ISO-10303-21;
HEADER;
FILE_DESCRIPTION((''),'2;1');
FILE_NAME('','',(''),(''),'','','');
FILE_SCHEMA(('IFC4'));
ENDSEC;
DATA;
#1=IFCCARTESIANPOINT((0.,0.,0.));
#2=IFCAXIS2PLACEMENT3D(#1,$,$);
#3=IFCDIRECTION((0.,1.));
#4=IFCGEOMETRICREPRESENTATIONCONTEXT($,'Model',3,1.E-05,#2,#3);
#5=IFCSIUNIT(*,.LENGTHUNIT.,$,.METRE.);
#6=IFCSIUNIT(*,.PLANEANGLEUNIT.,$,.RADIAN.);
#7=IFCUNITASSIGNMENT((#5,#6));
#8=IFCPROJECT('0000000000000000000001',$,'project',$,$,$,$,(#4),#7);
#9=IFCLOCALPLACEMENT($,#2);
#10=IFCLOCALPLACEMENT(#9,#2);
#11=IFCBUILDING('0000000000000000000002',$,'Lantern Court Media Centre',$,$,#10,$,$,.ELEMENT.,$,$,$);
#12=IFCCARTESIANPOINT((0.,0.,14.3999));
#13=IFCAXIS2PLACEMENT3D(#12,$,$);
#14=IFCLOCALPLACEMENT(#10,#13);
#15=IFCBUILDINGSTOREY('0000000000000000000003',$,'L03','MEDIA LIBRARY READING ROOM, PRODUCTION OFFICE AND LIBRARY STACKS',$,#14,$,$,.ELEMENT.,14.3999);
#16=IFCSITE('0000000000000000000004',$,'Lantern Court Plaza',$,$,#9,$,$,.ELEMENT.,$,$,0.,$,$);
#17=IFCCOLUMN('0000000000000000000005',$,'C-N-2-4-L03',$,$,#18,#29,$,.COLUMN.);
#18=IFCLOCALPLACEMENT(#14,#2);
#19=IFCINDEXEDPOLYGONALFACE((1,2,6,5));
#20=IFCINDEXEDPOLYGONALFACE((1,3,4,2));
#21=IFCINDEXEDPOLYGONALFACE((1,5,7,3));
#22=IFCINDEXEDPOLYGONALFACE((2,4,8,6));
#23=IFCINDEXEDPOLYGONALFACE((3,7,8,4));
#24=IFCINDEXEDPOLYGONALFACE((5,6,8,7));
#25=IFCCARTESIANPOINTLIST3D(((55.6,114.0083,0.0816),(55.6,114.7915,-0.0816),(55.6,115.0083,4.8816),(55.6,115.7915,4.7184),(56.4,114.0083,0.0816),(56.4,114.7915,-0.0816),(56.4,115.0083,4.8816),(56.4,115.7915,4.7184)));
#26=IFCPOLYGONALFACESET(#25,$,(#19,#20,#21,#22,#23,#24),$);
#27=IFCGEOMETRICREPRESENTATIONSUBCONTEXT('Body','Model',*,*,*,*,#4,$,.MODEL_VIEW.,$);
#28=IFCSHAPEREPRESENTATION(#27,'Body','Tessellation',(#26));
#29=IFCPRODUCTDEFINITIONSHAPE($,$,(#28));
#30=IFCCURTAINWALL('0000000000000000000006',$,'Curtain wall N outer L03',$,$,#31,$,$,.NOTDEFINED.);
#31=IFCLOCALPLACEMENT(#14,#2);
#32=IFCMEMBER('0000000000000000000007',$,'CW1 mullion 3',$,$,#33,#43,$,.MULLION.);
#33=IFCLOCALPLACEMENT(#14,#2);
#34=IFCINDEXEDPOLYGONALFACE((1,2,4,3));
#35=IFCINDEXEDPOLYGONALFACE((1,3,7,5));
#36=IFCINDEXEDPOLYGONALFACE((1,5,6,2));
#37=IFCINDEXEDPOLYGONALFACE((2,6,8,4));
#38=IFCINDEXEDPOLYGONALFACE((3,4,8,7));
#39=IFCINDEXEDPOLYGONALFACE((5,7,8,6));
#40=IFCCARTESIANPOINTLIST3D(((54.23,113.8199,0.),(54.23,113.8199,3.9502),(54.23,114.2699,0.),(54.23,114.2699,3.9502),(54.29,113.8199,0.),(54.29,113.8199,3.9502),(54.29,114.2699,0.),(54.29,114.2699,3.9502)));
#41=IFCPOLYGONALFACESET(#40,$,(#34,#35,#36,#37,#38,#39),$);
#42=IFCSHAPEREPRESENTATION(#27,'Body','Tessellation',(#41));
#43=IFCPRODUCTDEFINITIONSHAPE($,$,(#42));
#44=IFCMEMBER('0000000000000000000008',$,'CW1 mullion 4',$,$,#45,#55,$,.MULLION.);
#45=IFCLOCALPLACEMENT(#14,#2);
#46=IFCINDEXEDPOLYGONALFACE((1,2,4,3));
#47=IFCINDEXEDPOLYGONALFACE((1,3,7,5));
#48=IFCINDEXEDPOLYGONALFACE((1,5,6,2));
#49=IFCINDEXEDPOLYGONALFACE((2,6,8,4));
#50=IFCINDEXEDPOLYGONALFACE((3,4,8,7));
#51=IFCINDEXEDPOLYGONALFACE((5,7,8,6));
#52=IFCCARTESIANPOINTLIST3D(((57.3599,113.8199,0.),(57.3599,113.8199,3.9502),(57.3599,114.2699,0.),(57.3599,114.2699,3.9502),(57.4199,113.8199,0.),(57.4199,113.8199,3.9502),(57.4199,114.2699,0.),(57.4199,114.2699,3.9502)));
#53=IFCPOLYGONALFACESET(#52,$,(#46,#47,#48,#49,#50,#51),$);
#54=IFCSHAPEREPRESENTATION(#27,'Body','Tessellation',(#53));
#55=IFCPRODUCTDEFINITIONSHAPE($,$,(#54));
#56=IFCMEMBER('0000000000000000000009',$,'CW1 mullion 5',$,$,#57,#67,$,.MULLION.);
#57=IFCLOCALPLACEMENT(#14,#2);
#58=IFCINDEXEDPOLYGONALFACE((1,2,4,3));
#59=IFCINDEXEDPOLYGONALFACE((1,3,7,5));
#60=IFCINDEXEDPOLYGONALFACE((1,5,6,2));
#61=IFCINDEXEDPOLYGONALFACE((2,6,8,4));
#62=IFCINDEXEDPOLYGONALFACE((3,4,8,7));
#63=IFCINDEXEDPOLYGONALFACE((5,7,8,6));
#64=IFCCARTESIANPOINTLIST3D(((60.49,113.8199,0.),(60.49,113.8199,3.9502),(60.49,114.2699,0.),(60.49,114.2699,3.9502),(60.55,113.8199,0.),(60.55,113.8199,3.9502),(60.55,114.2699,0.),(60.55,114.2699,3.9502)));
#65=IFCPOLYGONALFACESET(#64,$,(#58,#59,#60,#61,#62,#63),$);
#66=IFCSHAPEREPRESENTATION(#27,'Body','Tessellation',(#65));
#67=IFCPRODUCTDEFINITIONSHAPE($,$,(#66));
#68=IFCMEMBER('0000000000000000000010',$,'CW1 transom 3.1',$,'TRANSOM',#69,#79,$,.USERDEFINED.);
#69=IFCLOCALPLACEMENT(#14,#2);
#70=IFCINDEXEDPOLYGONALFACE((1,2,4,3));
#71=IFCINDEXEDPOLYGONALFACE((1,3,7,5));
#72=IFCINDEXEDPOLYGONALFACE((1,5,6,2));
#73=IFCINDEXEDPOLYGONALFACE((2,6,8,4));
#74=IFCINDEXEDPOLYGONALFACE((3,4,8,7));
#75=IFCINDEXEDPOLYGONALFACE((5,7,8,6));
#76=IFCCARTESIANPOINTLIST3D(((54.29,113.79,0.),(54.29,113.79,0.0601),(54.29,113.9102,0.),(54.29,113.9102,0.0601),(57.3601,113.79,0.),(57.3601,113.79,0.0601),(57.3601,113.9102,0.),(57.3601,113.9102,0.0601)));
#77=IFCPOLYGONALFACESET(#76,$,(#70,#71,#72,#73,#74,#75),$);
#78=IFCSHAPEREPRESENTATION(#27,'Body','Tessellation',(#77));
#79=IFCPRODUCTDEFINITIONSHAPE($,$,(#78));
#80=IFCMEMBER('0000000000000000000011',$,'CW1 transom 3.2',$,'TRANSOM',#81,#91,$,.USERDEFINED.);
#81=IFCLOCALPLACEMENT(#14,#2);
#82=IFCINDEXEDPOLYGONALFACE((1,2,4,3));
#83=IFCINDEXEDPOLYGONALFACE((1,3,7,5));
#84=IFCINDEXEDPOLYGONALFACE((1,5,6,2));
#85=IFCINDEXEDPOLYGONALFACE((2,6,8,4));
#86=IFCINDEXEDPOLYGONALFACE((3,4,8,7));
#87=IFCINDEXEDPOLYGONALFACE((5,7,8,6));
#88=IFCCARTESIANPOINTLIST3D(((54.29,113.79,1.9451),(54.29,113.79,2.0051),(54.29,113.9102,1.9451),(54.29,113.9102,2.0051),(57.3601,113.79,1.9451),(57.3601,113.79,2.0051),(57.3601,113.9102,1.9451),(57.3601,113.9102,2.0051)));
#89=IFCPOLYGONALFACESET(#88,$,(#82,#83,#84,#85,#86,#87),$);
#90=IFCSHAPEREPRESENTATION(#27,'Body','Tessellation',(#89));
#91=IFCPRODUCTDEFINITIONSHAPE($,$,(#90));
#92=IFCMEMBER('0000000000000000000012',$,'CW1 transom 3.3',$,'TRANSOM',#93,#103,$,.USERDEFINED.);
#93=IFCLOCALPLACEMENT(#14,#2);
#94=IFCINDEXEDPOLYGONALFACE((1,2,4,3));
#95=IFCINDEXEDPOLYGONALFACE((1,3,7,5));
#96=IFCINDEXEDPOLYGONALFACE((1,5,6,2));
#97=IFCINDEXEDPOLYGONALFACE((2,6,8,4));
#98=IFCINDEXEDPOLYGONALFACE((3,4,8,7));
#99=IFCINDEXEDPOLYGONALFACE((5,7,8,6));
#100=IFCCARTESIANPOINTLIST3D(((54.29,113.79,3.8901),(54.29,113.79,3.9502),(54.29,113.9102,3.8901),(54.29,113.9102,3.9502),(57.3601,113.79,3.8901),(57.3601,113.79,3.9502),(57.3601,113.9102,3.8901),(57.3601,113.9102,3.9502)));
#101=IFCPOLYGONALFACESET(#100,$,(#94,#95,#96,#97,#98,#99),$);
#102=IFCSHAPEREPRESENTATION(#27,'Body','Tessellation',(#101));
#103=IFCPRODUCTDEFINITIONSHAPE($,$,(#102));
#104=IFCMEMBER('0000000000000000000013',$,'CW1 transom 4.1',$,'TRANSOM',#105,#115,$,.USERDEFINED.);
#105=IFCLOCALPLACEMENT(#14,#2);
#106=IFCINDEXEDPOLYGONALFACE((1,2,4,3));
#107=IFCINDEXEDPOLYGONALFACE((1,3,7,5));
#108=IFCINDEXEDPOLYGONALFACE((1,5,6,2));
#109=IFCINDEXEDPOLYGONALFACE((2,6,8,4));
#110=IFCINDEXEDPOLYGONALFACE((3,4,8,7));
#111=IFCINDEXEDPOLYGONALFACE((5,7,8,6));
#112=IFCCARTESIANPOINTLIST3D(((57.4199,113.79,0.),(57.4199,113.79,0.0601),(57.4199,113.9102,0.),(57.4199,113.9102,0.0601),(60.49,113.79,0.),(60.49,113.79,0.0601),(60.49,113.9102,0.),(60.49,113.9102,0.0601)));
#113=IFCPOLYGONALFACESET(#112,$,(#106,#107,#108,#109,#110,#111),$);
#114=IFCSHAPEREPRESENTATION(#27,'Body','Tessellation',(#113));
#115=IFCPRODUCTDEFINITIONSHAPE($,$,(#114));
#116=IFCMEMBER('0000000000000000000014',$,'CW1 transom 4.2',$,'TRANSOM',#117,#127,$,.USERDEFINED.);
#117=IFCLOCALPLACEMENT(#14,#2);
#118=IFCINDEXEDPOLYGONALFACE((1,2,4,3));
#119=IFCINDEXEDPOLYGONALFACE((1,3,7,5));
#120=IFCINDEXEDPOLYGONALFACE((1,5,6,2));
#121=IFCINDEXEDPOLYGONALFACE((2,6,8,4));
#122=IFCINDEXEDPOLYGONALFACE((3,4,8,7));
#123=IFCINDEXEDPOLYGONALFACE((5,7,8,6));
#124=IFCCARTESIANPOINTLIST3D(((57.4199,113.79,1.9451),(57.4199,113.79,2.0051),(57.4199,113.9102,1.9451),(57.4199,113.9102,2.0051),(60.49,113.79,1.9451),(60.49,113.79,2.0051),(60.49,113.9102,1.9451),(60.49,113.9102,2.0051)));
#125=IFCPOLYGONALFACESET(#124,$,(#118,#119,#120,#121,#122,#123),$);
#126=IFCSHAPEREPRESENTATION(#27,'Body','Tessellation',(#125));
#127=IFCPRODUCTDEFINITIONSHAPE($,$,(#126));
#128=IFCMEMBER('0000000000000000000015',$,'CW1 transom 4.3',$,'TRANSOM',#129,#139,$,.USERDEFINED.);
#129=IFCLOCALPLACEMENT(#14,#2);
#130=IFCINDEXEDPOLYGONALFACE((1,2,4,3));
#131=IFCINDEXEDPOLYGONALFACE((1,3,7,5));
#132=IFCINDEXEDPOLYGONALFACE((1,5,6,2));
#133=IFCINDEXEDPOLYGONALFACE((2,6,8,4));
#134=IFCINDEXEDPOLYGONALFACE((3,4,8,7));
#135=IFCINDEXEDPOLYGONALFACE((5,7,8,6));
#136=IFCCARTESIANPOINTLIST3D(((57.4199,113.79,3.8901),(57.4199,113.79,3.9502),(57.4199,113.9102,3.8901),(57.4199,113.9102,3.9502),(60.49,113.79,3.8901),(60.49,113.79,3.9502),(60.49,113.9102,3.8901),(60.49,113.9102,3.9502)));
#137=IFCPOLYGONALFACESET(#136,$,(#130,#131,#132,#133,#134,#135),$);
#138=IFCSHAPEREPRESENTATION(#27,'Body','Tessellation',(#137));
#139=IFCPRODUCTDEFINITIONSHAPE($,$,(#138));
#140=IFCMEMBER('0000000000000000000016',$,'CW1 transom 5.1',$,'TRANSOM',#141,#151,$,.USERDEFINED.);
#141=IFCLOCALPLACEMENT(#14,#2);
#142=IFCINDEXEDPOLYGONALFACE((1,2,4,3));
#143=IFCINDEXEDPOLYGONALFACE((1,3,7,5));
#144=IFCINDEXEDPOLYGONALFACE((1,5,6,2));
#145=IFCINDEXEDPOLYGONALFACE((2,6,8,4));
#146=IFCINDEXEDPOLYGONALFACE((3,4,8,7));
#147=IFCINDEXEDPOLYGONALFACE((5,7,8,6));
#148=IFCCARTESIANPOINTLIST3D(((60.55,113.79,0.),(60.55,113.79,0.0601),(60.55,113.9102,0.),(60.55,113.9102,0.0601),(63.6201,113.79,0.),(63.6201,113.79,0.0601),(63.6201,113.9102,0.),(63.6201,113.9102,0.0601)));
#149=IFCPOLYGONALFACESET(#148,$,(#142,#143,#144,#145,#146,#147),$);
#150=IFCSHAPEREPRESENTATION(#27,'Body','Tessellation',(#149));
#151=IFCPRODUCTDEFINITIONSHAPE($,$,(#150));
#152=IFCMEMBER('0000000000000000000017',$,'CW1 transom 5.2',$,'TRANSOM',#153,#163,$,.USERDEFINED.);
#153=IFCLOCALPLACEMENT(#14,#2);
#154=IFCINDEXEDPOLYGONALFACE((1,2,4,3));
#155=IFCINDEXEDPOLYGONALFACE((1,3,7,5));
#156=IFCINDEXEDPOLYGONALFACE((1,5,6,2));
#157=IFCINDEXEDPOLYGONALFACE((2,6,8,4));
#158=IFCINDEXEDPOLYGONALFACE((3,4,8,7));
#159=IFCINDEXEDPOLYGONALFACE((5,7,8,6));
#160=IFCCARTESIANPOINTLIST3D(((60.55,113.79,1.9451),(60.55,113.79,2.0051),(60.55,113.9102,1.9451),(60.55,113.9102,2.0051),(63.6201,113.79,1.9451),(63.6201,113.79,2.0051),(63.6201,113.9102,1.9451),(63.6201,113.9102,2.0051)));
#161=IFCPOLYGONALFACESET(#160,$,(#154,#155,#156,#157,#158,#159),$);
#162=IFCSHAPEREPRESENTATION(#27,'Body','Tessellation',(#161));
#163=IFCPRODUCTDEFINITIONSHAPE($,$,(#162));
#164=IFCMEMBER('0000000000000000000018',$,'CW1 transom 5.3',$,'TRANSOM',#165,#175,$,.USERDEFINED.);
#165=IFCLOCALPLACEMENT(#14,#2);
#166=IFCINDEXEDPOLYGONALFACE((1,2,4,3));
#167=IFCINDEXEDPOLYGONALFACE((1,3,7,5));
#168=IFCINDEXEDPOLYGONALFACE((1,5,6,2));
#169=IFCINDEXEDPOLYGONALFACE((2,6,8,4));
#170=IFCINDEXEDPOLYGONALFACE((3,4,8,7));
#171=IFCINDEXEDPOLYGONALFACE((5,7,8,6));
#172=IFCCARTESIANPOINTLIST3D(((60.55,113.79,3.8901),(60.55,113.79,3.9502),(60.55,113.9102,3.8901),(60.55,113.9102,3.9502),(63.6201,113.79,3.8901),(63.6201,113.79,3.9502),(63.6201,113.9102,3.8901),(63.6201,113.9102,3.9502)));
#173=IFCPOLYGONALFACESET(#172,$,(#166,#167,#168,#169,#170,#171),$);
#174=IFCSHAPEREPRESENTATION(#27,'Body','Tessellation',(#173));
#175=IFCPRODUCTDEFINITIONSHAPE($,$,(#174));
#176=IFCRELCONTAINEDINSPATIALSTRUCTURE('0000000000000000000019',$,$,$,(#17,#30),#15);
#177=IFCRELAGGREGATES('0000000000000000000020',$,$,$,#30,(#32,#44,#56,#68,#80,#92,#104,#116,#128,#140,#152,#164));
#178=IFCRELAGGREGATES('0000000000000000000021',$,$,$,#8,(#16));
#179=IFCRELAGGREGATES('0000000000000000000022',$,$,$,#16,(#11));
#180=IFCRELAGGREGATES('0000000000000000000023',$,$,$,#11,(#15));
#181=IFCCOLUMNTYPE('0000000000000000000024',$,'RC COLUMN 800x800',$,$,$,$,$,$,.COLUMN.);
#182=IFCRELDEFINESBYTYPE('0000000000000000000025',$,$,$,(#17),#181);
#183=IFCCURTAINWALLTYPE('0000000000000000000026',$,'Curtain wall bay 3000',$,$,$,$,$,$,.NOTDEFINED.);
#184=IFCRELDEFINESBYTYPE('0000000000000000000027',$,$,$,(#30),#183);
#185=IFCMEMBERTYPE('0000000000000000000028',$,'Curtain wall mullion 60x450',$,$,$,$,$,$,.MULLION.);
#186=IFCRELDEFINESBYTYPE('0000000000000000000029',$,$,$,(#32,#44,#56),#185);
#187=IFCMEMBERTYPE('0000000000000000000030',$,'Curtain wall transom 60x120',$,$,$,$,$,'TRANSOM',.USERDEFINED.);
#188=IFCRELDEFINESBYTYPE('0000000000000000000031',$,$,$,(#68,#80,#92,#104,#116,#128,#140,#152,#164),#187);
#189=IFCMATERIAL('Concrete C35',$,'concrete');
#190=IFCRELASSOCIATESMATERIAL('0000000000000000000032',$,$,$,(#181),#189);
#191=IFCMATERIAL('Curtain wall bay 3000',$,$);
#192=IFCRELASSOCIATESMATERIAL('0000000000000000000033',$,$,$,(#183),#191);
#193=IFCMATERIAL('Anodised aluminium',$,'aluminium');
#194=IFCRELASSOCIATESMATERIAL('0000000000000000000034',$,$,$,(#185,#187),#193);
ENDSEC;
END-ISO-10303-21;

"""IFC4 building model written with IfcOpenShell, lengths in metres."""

from ifc_helpers import new_model, si_unit, direction, frame, origin, origin_2d, place, context, subcontext, project, spatial, rectangle, extrude, material, material_profile, profile_set, type_object, element, aggregate, save


model = new_model("IFC4")

# Units and contexts
model_context = context("Model", 3, precision=1e-05, world=origin(), true_north=direction((0.0, 1.0)))
body_context = subcontext(model_context, "Body", "Model", "MODEL_VIEW")
ifc_project = project(units=[si_unit("LENGTHUNIT", "METRE"), si_unit("PLANEANGLEUNIT", "RADIAN")], contexts=[model_context])

# Site, building, storey
site_placement = place(None, origin())
site = spatial("IfcSite", under=ifc_project, at=site_placement, Name="Lantern Court Plaza", CompositionType="ELEMENT", RefElevation=0.0)
building_placement = place(site_placement, origin())
building = spatial("IfcBuilding", under=site, at=building_placement, Name="Lantern Court Media Centre", CompositionType="ELEMENT")
storey_placement = place(building_placement, frame((0.0, 0.0, 14.3999)))
storey = spatial("IfcBuildingStorey", under=building, at=storey_placement, Name="L03", Description="MEDIA LIBRARY READING ROOM, PRODUCTION OFFICE AND LIBRARY STACKS", CompositionType="ELEMENT", Elevation=14.3999)

# Column
ifc_material_1 = material(Name="Concrete C35", Category="concrete")
ifc_material_profile_1 = material_profile(ifc_material_1, rectangle(XDim=0.8, YDim=0.8, at=origin_2d()), Name="RC 800x800")
ifc_profile_set_1 = profile_set([ifc_material_profile_1], Name="Concrete C35")
column_type = type_object("IfcColumnType", Name="RC COLUMN 800x800", PredefinedType="COLUMN", material=ifc_profile_set_1)
column_placement = place(storey_placement, frame((56.0, 114.3999, 0.0), z_axis=(0.0, 0.203952, 0.978981), x_axis=(-1.0, 0.0, 0.0)))
element("IfcColumn", 1, at=column_placement, inside=storey, type_object=column_type, Name="C-N-2-4-L03", PredefinedType="COLUMN", context=body_context, shape_type="SweptSolid", body=[
    extrude(rectangle(XDim=0.8, YDim=0.8, at=origin_2d()), origin(), (0.0, 0.0, 1.0), 4.9031),
])

# Curtain wall, members
ifc_material_2 = material(Name="Curtain wall bay 3000")
curtain_wall_type = type_object("IfcCurtainWallType", Name="Curtain wall bay 3000", PredefinedType="NOTDEFINED", material=ifc_material_2)
curtain_wall_placement = place(storey_placement, origin())
curtain_wall = element("IfcCurtainWall", 2, at=curtain_wall_placement, inside=storey, type_object=curtain_wall_type, Name="Curtain wall N outer L03", PredefinedType="NOTDEFINED")
ifc_material_3 = material(Name="Anodised aluminium", Category="aluminium")
ifc_material_profile_2 = material_profile(ifc_material_3, rectangle(XDim=0.45, YDim=0.0601, at=origin_2d()), Name="AL 60x450")
ifc_profile_set_2 = profile_set([ifc_material_profile_2], Name="Anodised aluminium")
member_type_1 = type_object("IfcMemberType", Name="Curtain wall mullion 60x450", PredefinedType="MULLION", material=ifc_profile_set_2)
member_1_placement = place(storey_placement, frame((54.26, 114.0449, 0.0), z_axis=(0.0, 0.0, 1.0), x_axis=(0.0, 1.0, 0.0)))
member_1 = element("IfcMember", 3, at=member_1_placement, type_object=member_type_1, Name="CW1 mullion 3", PredefinedType="MULLION", context=body_context, shape_type="SweptSolid", body=[
    extrude(rectangle(XDim=0.45, YDim=0.0601, at=origin_2d()), origin(), (0.0, 0.0, 1.0), 3.9502),
])
member_2_placement = place(storey_placement, frame((57.3899, 114.0449, 0.0), z_axis=(0.0, 0.0, 1.0), x_axis=(0.0, 1.0, 0.0)))
member_2 = element("IfcMember", 4, at=member_2_placement, type_object=member_type_1, Name="CW1 mullion 4", PredefinedType="MULLION", context=body_context, shape_type="SweptSolid", body=[
    extrude(rectangle(XDim=0.45, YDim=0.0601, at=origin_2d()), origin(), (0.0, 0.0, 1.0), 3.9502),
])
member_3_placement = place(storey_placement, frame((60.52, 114.0449, 0.0), z_axis=(0.0, 0.0, 1.0), x_axis=(0.0, 1.0, 0.0)))
member_3 = element("IfcMember", 5, at=member_3_placement, type_object=member_type_1, Name="CW1 mullion 5", PredefinedType="MULLION", context=body_context, shape_type="SweptSolid", body=[
    extrude(rectangle(XDim=0.45, YDim=0.0601, at=origin_2d()), origin(), (0.0, 0.0, 1.0), 3.9502),
])
ifc_material_profile_3 = material_profile(ifc_material_3, rectangle(XDim=0.1201, YDim=0.0601, at=origin_2d()), Name="AL 60x120")
ifc_profile_set_3 = profile_set([ifc_material_profile_3], Name="Anodised aluminium")
member_type_2 = type_object("IfcMemberType", Name="Curtain wall transom 60x120", ElementType="TRANSOM", PredefinedType="USERDEFINED", material=ifc_profile_set_3)
member_4_placement = place(storey_placement, frame((54.29, 113.8501, 0.03), z_axis=(1.0, 0.0, 0.0), x_axis=(0.0, 1.0, 0.0)))
member_4 = element("IfcMember", 6, at=member_4_placement, type_object=member_type_2, Name="CW1 transom 3.1", ObjectType="TRANSOM", PredefinedType="USERDEFINED", context=body_context, shape_type="SweptSolid", body=[
    extrude(rectangle(XDim=0.1201, YDim=0.0601, at=origin_2d()), origin(), (0.0, 0.0, 1.0), 3.0701),
])
member_5_placement = place(storey_placement, frame((54.29, 113.8501, 1.9751), z_axis=(1.0, 0.0, 0.0), x_axis=(0.0, 1.0, 0.0)))
member_5 = element("IfcMember", 7, at=member_5_placement, type_object=member_type_2, Name="CW1 transom 3.2", ObjectType="TRANSOM", PredefinedType="USERDEFINED", context=body_context, shape_type="SweptSolid", body=[
    extrude(rectangle(XDim=0.1201, YDim=0.0601, at=origin_2d()), origin(), (0.0, 0.0, 1.0), 3.0701),
])
member_6_placement = place(storey_placement, frame((54.29, 113.8501, 3.9202), z_axis=(1.0, 0.0, 0.0), x_axis=(0.0, 1.0, 0.0)))
member_6 = element("IfcMember", 8, at=member_6_placement, type_object=member_type_2, Name="CW1 transom 3.3", ObjectType="TRANSOM", PredefinedType="USERDEFINED", context=body_context, shape_type="SweptSolid", body=[
    extrude(rectangle(XDim=0.1201, YDim=0.0601, at=origin_2d()), origin(), (0.0, 0.0, 1.0), 3.0701),
])
member_7_placement = place(storey_placement, frame((57.4199, 113.8501, 0.03), z_axis=(1.0, 0.0, 0.0), x_axis=(0.0, 1.0, 0.0)))
member_7 = element("IfcMember", 9, at=member_7_placement, type_object=member_type_2, Name="CW1 transom 4.1", ObjectType="TRANSOM", PredefinedType="USERDEFINED", context=body_context, shape_type="SweptSolid", body=[
    extrude(rectangle(XDim=0.1201, YDim=0.0601, at=origin_2d()), origin(), (0.0, 0.0, 1.0), 3.0701),
])
member_8_placement = place(storey_placement, frame((57.4199, 113.8501, 1.9751), z_axis=(1.0, 0.0, 0.0), x_axis=(0.0, 1.0, 0.0)))
member_8 = element("IfcMember", 10, at=member_8_placement, type_object=member_type_2, Name="CW1 transom 4.2", ObjectType="TRANSOM", PredefinedType="USERDEFINED", context=body_context, shape_type="SweptSolid", body=[
    extrude(rectangle(XDim=0.1201, YDim=0.0601, at=origin_2d()), origin(), (0.0, 0.0, 1.0), 3.0701),
])
member_9_placement = place(storey_placement, frame((57.4199, 113.8501, 3.9202), z_axis=(1.0, 0.0, 0.0), x_axis=(0.0, 1.0, 0.0)))
member_9 = element("IfcMember", 11, at=member_9_placement, type_object=member_type_2, Name="CW1 transom 4.3", ObjectType="TRANSOM", PredefinedType="USERDEFINED", context=body_context, shape_type="SweptSolid", body=[
    extrude(rectangle(XDim=0.1201, YDim=0.0601, at=origin_2d()), origin(), (0.0, 0.0, 1.0), 3.0701),
])
member_10_placement = place(storey_placement, frame((60.55, 113.8501, 0.03), z_axis=(1.0, 0.0, 0.0), x_axis=(0.0, 1.0, 0.0)))
member_10 = element("IfcMember", 12, at=member_10_placement, type_object=member_type_2, Name="CW1 transom 5.1", ObjectType="TRANSOM", PredefinedType="USERDEFINED", context=body_context, shape_type="SweptSolid", body=[
    extrude(rectangle(XDim=0.1201, YDim=0.0601, at=origin_2d()), origin(), (0.0, 0.0, 1.0), 3.0701),
])
member_11_placement = place(storey_placement, frame((60.55, 113.8501, 1.9751), z_axis=(1.0, 0.0, 0.0), x_axis=(0.0, 1.0, 0.0)))
member_11 = element("IfcMember", 13, at=member_11_placement, type_object=member_type_2, Name="CW1 transom 5.2", ObjectType="TRANSOM", PredefinedType="USERDEFINED", context=body_context, shape_type="SweptSolid", body=[
    extrude(rectangle(XDim=0.1201, YDim=0.0601, at=origin_2d()), origin(), (0.0, 0.0, 1.0), 3.0701),
])
member_12_placement = place(storey_placement, frame((60.55, 113.8501, 3.9202), z_axis=(1.0, 0.0, 0.0), x_axis=(0.0, 1.0, 0.0)))
member_12 = element("IfcMember", 14, at=member_12_placement, type_object=member_type_2, Name="CW1 transom 5.3", ObjectType="TRANSOM", PredefinedType="USERDEFINED", context=body_context, shape_type="SweptSolid", body=[
    extrude(rectangle(XDim=0.1201, YDim=0.0601, at=origin_2d()), origin(), (0.0, 0.0, 1.0), 3.0701),
])

aggregate(curtain_wall, [member_1, member_2, member_3, member_4, member_5, member_6, member_7, member_8, member_9, member_10, member_11, member_12])

save(model, "model.ifc")
